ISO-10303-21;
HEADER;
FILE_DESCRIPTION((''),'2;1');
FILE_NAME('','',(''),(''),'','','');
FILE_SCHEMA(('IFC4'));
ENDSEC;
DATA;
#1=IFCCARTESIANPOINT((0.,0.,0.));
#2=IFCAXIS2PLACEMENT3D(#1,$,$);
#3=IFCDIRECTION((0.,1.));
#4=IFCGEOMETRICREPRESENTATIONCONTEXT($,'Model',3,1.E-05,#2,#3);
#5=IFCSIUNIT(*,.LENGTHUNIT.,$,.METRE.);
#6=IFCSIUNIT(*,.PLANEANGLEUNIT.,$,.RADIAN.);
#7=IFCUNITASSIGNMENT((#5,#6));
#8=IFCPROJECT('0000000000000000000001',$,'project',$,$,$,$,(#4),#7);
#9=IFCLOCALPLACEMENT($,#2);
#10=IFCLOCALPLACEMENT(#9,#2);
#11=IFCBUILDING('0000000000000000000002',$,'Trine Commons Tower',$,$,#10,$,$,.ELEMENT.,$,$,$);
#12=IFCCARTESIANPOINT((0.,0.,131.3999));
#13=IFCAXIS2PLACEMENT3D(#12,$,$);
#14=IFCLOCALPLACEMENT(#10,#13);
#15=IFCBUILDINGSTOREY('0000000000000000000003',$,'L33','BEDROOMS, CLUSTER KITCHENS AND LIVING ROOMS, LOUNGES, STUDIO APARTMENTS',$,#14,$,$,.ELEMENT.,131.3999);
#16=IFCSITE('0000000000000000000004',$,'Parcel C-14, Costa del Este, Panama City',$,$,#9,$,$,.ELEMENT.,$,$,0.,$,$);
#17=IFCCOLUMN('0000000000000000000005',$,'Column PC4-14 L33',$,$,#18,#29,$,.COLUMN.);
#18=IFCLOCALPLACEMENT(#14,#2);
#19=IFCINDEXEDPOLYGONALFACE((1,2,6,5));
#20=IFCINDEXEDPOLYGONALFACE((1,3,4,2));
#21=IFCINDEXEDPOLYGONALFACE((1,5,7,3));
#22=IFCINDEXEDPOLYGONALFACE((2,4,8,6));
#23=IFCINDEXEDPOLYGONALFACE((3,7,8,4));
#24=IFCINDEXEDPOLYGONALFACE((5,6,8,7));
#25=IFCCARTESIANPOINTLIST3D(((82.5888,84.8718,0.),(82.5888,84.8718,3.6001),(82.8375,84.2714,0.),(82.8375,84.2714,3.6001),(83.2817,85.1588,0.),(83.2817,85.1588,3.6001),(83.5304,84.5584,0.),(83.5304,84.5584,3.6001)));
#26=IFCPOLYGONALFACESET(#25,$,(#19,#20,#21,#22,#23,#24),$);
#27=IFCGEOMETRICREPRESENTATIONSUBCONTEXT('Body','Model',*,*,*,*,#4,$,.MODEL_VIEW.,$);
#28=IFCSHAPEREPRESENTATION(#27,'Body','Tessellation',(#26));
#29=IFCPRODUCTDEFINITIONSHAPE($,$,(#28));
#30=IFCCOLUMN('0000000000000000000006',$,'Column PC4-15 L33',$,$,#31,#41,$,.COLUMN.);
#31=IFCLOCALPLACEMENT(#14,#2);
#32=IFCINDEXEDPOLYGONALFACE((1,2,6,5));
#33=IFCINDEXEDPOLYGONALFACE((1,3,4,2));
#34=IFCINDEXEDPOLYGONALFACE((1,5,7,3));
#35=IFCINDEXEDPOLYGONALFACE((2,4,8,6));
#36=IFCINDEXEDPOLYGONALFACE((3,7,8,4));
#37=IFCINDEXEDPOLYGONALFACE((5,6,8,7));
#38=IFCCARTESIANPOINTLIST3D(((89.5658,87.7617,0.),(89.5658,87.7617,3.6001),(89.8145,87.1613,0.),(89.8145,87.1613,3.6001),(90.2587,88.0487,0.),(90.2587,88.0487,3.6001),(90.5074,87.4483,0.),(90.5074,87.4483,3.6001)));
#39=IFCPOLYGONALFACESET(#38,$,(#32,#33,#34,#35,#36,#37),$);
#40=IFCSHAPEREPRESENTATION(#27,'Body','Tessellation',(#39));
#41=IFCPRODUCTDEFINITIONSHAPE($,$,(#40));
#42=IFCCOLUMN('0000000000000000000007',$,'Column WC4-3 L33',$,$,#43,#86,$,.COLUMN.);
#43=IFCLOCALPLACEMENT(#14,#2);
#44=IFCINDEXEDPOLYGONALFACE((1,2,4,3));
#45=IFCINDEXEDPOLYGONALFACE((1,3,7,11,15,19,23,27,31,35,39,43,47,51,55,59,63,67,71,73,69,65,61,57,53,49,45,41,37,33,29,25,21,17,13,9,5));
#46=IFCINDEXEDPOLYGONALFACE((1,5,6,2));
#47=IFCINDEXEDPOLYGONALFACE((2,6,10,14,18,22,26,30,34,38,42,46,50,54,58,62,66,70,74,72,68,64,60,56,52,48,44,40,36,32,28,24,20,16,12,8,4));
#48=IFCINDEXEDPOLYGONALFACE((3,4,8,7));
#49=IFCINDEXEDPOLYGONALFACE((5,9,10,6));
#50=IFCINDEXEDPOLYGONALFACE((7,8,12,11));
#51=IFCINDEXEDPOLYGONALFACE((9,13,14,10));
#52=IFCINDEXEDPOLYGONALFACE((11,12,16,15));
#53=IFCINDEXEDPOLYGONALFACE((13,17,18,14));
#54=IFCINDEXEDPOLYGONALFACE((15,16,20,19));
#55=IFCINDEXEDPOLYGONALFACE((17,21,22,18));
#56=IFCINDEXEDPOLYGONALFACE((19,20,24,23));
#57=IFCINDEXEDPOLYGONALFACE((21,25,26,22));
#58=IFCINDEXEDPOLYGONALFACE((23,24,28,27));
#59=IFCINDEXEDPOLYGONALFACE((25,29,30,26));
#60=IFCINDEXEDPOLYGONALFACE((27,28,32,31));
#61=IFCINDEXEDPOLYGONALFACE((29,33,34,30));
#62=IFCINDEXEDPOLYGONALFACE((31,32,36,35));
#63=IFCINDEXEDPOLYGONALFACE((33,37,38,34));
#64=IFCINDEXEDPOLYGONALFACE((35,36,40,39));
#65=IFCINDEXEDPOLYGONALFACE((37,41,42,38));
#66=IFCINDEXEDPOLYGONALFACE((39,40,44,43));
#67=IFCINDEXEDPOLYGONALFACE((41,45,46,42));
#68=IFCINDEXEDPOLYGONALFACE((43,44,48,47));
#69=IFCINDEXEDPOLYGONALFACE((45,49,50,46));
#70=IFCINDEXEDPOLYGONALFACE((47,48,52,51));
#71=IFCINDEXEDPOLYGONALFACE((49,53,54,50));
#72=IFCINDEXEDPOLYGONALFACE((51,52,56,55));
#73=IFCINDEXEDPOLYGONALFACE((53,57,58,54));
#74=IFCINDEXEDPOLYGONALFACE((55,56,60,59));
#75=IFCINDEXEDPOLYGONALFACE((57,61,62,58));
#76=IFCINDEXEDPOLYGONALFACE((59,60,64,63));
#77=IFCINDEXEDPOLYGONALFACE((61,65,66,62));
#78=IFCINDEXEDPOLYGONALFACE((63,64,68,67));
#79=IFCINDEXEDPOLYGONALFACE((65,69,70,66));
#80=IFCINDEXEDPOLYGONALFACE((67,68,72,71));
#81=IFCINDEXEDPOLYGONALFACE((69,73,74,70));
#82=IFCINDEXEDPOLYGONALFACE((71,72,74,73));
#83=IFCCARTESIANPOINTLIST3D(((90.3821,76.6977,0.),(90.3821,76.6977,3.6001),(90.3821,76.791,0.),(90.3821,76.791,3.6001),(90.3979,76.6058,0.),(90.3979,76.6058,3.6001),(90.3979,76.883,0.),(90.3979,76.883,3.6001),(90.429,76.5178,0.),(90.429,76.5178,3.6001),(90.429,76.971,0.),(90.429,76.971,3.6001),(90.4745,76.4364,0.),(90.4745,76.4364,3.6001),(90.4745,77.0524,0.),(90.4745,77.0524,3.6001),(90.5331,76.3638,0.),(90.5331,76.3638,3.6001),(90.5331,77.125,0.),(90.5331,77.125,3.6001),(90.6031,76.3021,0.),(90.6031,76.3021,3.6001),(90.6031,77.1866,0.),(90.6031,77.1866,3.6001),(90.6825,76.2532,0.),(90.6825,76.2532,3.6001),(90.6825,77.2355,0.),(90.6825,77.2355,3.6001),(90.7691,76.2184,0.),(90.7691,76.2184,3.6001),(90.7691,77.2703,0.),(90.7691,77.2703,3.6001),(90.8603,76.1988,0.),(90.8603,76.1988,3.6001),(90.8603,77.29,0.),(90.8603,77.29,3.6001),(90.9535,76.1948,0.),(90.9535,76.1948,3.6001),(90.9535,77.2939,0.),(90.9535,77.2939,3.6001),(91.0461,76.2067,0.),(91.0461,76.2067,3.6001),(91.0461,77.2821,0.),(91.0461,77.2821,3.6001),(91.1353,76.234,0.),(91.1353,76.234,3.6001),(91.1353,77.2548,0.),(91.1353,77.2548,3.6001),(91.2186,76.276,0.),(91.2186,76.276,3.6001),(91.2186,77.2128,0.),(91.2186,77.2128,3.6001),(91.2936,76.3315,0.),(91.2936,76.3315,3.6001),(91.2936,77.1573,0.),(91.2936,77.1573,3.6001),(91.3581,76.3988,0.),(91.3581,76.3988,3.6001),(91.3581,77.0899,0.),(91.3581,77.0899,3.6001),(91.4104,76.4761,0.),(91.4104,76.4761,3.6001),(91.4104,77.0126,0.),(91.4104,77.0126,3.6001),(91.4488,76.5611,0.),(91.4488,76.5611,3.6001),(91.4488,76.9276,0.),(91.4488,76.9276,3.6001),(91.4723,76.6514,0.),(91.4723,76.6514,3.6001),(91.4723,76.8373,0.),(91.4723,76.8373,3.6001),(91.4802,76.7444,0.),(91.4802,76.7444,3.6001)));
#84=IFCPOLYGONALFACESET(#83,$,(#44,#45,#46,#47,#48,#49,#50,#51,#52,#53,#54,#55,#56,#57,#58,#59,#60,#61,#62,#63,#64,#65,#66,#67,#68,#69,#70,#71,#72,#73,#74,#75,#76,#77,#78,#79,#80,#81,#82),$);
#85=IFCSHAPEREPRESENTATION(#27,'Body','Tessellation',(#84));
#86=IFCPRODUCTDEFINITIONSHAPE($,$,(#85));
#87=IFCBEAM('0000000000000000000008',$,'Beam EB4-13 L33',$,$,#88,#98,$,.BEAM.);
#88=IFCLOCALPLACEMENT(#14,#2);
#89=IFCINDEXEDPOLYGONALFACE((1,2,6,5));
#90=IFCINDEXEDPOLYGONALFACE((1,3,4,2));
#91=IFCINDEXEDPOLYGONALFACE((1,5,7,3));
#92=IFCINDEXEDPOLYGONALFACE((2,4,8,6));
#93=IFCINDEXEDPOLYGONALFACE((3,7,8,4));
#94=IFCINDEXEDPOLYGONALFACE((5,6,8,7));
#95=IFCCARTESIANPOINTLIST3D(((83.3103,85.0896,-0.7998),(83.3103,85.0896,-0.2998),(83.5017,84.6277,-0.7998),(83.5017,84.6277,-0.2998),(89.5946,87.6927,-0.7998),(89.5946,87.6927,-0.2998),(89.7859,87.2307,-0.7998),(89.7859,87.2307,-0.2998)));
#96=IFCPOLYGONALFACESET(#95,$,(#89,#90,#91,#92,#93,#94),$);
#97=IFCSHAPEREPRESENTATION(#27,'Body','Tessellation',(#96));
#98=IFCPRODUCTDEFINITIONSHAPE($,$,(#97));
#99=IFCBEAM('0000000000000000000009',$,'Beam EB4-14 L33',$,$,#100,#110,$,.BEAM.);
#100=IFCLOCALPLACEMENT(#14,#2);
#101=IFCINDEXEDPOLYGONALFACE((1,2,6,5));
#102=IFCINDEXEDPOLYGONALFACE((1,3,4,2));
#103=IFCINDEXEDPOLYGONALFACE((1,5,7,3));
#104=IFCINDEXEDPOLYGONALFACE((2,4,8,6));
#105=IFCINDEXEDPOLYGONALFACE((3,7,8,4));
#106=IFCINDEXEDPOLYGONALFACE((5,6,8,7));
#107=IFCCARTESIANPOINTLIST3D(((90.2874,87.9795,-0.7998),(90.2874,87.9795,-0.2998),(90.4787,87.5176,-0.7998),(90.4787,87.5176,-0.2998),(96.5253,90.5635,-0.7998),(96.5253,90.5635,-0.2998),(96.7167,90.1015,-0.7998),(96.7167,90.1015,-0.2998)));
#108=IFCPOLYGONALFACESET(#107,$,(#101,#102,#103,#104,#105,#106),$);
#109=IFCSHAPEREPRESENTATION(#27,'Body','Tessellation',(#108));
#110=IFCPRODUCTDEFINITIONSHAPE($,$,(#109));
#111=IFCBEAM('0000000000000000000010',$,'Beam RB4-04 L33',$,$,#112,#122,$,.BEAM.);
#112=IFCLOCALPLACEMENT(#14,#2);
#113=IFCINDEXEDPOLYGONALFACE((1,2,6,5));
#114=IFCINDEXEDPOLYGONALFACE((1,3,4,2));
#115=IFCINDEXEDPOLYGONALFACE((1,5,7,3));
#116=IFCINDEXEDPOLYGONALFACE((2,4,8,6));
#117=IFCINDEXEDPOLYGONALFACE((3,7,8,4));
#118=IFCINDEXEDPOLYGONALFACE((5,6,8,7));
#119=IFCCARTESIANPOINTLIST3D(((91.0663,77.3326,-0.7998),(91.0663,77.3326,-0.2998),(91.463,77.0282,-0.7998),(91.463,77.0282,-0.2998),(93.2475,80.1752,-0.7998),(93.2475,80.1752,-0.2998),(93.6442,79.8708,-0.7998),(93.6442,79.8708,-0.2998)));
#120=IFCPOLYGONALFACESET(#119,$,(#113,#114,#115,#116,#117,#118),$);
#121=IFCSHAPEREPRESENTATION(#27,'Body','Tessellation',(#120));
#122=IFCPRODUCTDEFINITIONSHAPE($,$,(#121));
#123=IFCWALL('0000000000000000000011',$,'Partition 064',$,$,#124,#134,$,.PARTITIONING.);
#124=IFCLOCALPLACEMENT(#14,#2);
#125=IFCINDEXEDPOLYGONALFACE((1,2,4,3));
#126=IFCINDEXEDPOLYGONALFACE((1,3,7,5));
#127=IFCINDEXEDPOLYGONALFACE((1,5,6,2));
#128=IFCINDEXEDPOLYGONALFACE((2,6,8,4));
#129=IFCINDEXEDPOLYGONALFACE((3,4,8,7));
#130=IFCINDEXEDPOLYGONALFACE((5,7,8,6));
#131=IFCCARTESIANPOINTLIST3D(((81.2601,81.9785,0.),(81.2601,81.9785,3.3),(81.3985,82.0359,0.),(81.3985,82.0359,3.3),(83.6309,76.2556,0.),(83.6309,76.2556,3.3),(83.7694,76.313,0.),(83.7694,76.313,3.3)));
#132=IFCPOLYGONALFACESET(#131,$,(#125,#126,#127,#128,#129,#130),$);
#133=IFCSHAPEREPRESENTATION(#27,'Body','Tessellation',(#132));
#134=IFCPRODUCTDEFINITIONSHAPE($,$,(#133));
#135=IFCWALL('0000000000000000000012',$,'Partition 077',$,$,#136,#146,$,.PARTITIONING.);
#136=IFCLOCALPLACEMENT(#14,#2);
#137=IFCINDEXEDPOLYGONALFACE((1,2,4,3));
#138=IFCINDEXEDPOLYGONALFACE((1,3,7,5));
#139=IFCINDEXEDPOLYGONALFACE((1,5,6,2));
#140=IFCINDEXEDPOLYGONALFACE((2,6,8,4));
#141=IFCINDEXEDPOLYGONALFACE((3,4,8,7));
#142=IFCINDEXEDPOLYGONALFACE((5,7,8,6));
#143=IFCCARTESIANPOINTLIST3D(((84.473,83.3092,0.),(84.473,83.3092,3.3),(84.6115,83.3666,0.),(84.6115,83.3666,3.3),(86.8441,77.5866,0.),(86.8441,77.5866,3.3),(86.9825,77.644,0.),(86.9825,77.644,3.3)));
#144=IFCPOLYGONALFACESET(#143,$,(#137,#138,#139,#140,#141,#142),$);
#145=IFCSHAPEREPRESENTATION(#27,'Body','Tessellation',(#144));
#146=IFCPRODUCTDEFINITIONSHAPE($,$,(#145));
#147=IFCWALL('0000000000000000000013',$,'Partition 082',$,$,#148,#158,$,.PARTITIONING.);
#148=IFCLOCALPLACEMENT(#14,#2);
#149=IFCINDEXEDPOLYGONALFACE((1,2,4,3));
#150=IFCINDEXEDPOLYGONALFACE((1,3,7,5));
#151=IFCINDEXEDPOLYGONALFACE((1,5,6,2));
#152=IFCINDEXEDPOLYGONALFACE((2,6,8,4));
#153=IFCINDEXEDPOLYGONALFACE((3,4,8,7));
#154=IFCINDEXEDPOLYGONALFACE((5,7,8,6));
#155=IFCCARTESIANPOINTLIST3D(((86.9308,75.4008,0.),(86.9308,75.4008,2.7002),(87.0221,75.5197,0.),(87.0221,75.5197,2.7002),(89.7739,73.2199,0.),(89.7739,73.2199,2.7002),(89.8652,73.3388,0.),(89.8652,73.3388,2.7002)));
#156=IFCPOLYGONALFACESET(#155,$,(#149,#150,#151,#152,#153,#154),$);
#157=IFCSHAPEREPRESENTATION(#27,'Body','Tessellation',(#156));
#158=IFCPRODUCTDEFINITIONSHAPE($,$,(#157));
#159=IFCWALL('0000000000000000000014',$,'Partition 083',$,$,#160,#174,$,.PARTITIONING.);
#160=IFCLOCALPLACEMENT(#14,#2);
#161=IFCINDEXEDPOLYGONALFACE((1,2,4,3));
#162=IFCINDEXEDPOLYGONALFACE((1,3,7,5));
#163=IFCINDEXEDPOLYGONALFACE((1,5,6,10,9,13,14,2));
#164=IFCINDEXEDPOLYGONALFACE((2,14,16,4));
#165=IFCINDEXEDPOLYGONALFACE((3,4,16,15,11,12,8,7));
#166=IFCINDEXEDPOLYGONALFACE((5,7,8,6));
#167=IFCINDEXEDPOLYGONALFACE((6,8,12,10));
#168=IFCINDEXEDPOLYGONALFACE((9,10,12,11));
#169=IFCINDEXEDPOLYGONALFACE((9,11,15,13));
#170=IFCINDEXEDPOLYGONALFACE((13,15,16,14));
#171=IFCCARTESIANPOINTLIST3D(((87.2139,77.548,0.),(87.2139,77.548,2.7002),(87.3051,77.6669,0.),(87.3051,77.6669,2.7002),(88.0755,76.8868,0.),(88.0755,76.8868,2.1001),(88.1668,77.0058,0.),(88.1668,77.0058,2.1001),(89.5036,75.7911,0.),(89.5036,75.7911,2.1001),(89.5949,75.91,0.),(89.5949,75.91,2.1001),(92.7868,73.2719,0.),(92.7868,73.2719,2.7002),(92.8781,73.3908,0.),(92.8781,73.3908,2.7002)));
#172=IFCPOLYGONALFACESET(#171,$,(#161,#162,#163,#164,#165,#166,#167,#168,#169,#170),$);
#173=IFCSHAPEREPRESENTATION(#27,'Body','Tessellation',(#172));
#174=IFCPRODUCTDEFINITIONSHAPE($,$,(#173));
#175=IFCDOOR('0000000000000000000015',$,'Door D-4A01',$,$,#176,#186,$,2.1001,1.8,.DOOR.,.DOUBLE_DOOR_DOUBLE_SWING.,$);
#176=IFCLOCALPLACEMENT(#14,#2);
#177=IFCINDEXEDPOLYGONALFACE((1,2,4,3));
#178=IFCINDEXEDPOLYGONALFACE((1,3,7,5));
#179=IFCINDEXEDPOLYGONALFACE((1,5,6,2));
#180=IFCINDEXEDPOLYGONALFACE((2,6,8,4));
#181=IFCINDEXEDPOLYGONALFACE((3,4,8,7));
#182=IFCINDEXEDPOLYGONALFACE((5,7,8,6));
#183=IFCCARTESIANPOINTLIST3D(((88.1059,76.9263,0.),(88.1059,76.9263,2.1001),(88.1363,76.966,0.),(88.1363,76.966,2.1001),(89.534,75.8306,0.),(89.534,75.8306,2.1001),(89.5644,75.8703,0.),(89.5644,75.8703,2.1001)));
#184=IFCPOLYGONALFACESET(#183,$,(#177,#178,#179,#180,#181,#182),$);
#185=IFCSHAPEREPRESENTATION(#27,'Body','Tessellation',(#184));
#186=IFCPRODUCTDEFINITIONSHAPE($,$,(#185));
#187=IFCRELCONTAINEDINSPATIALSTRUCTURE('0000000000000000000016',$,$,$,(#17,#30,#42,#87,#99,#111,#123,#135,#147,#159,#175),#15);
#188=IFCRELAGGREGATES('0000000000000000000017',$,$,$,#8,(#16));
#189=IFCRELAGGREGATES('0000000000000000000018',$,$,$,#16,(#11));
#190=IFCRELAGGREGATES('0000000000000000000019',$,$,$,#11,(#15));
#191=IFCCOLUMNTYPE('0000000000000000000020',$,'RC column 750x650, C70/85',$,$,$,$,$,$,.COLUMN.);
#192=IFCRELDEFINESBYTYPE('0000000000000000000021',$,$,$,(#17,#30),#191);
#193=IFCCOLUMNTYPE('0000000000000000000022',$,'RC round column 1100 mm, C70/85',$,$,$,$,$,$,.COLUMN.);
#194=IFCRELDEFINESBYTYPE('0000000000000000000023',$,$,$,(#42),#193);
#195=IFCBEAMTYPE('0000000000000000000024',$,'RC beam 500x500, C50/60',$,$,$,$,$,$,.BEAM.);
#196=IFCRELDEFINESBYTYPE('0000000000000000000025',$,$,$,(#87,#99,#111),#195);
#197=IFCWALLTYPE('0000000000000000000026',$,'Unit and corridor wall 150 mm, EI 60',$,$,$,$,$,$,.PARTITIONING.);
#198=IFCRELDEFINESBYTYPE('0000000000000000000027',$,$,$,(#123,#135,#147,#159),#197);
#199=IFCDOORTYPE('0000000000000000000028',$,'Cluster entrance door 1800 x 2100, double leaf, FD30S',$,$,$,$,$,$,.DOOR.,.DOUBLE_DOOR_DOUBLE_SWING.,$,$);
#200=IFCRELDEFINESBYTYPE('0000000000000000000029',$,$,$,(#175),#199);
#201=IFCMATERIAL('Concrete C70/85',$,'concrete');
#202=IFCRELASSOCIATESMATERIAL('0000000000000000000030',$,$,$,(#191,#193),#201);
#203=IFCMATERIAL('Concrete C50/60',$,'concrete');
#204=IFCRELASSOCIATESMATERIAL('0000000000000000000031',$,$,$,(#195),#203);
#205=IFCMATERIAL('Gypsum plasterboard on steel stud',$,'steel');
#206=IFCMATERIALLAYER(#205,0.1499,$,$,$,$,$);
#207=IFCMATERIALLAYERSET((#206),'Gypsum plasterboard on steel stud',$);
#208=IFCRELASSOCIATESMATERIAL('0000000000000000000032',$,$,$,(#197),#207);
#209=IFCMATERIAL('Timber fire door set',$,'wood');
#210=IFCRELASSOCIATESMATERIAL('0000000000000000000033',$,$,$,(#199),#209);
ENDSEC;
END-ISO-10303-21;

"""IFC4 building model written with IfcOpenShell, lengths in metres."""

from ifc_helpers import new_model, si_unit, direction, frame, frame_2d, origin, origin_2d, place, context, subcontext, project, spatial, rectangle, circle, extrude, material, layer, layer_set, material_profile, profile_set, type_object, element, fill, save


model = new_model("IFC4")

# Units and contexts
model_context = context("Model", 3, precision=1e-05, world=origin(), true_north=direction((0.0, 1.0)))
body_context = subcontext(model_context, "Body", "Model", "MODEL_VIEW")
ifc_project = project(units=[si_unit("LENGTHUNIT", "METRE"), si_unit("PLANEANGLEUNIT", "RADIAN")], contexts=[model_context])

# Site, building, storey
site_placement = place(None, origin())
site = spatial("IfcSite", under=ifc_project, at=site_placement, Name="Parcel C-14, Costa del Este, Panama City", CompositionType="ELEMENT", RefElevation=0.0)
building_placement = place(site_placement, origin())
building = spatial("IfcBuilding", under=site, at=building_placement, Name="Trine Commons Tower", CompositionType="ELEMENT")
storey_placement = place(building_placement, frame((0.0, 0.0, 131.3999)))
storey = spatial("IfcBuildingStorey", under=building, at=storey_placement, Name="L33", Description="BEDROOMS, CLUSTER KITCHENS AND LIVING ROOMS, LOUNGES, STUDIO APARTMENTS", CompositionType="ELEMENT", Elevation=131.3999)

# Columns
ifc_material_1 = material(Name="Concrete C70/85", Category="concrete")
ifc_material_profile_1 = material_profile(ifc_material_1, rectangle(XDim=0.75, YDim=0.6499, at=origin_2d()), Name="RC 750x650")
ifc_profile_set_1 = profile_set([ifc_material_profile_1], Name="Concrete C70/85")
column_type_1 = type_object("IfcColumnType", Name="RC column 750x650, C70/85", PredefinedType="COLUMN", material=ifc_profile_set_1)
for number, where, z_axis, x_axis, name in (
    (1, (83.0596, 84.7151, 0.0), (0.0, 0.0, 1.0), (0.92388, 0.382683, 0.0), "Column PC4-14 L33"),
    (2, (90.0366, 87.605, 0.0), (0.0, 0.0, 1.0), (0.92388, 0.382683, 0.0), "Column PC4-15 L33"),
):
    element("IfcColumn", number, at=place(storey_placement, frame(where, z_axis=z_axis, x_axis=x_axis)), inside=storey, type_object=column_type_1, Name=name, PredefinedType="COLUMN", context=body_context, shape_type="SweptSolid", body=[
        extrude(rectangle(XDim=0.75, YDim=0.6499, at=origin_2d()), origin(), (0.0, 0.0, 1.0), 3.6001),
    ])
ifc_material_profile_2 = material_profile(ifc_material_1, circle(Radius=0.55, at=origin_2d()), Name="RC round 1100")
ifc_profile_set_2 = profile_set([ifc_material_profile_2], Name="Concrete C70/85")
column_type_2 = type_object("IfcColumnType", Name="RC round column 1100 mm, C70/85", PredefinedType="COLUMN", material=ifc_profile_set_2)
column_placement = place(storey_placement, frame((90.9302, 76.7444, 0.0), z_axis=(0.0, 0.0, 1.0), x_axis=(1.0, 0.0, 0.0)))
element("IfcColumn", 3, at=column_placement, inside=storey, type_object=column_type_2, Name="Column WC4-3 L33", PredefinedType="COLUMN", context=body_context, shape_type="SweptSolid", body=[
    extrude(circle(Radius=0.55, at=origin_2d()), origin(), (0.0, 0.0, 1.0), 3.6001),
])

# Beams
ifc_material_2 = material(Name="Concrete C50/60", Category="concrete")
ifc_material_profile_3 = material_profile(ifc_material_2, rectangle(XDim=0.5, YDim=0.5, at=origin_2d()), Name="RC 500x500")
ifc_profile_set_3 = profile_set([ifc_material_profile_3], Name="Concrete C50/60")
beam_type = type_object("IfcBeamType", Name="RC beam 500x500, C50/60", PredefinedType="BEAM", material=ifc_profile_set_3)
beam_1_placement = place(storey_placement, frame((83.406, 84.8586, -0.5498), z_axis=(0.923878, 0.382688, 0.0), x_axis=(-0.382688, 0.923878, 0.0)))
element("IfcBeam", 4, at=beam_1_placement, inside=storey, type_object=beam_type, Name="Beam EB4-13 L33", PredefinedType="BEAM", context=body_context, shape_type="SweptSolid", body=[
    extrude(rectangle(XDim=0.5, YDim=0.5, at=origin_2d()), origin(), (0.0, 0.0, 1.0), 6.802),
])
beam_2_placement = place(storey_placement, frame((90.3831, 87.7485, -0.5498), z_axis=(0.923874, 0.382697, 0.0), x_axis=(-0.382697, 0.923874, 0.0)))
element("IfcBeam", 5, at=beam_2_placement, inside=storey, type_object=beam_type, Name="Beam EB4-14 L33", PredefinedType="BEAM", context=body_context, shape_type="SweptSolid", body=[
    extrude(rectangle(XDim=0.5, YDim=0.5, at=origin_2d()), origin(), (0.0, 0.0, 1.0), 6.752),
])
beam_3_placement = place(storey_placement, frame((91.2646, 77.1804, -0.5498), z_axis=(0.608762, 0.793353, 0.0), x_axis=(-0.793353, 0.608762, 0.0)))
element("IfcBeam", 6, at=beam_3_placement, inside=storey, type_object=beam_type, Name="Beam RB4-04 L33", PredefinedType="BEAM", context=body_context, shape_type="SweptSolid", body=[
    extrude(rectangle(XDim=0.5, YDim=0.5, at=origin_2d()), origin(), (0.0, 0.0, 1.0), 3.583),
])

# Walls
ifc_material_3 = material(Name="Gypsum plasterboard on steel stud", Category="steel")
ifc_layer_1 = layer(ifc_material_3, 0.1499)
ifc_layer_set_1 = layer_set([ifc_layer_1], Name="Gypsum plasterboard on steel stud")
wall_type_1 = type_object("IfcWallType", Name="Unit and corridor wall 150 mm, EI 60", PredefinedType="PARTITIONING", material=ifc_layer_set_1)
wall_1_placement = place(storey_placement, frame((81.3293, 82.0071, 0.0), z_axis=(0.0, 0.0, 1.0), x_axis=(0.382731, -0.92386, 0.0)))
element("IfcWall", 7, at=wall_1_placement, inside=storey, type_object=wall_type_1, Name="Partition 064", PredefinedType="PARTITIONING", context=body_context, shape_type="SweptSolid", body=[
    extrude(rectangle(XDim=6.1946, YDim=0.1499, at=frame_2d((3.0972, 0.0))), origin(), (0.0, 0.0, 1.0), 3.3),
])
wall_2_placement = place(storey_placement, frame((84.5422, 83.3379, 0.0), z_axis=(0.0, 0.0, 1.0), x_axis=(0.382779, -0.92384, 0.0)))
element("IfcWall", 8, at=wall_2_placement, inside=storey, type_object=wall_type_1, Name="Partition 077", PredefinedType="PARTITIONING", context=body_context, shape_type="SweptSolid", body=[
    extrude(rectangle(XDim=6.1943, YDim=0.1499, at=frame_2d((3.0972, 0.0))), origin(), (0.0, 0.0, 1.0), 3.3),
])
wall_3_placement = place(storey_placement, frame((86.9766, 75.4602, 0.0), z_axis=(0.0, 0.0, 1.0), x_axis=(0.793436, -0.608653, 0.0)))
element("IfcWall", 9, at=wall_3_placement, inside=storey, type_object=wall_type_1, Name="Partition 082", PredefinedType="PARTITIONING", context=body_context, shape_type="SweptSolid", body=[
    extrude(rectangle(XDim=3.5833, YDim=0.1499, at=frame_2d((1.7915, 0.0))), origin(), (0.0, 0.0, 1.0), 2.7002),
])

# Wall, opening, door
wall_4_placement = place(storey_placement, frame((87.2595, 77.6074, 0.0), z_axis=(0.0, 0.0, 1.0), x_axis=(0.793366, -0.608745, 0.0)))
wall_4 = element("IfcWall", 10, at=wall_4_placement, inside=storey, type_object=wall_type_1, Name="Partition 083", PredefinedType="PARTITIONING", context=body_context, shape_type="SweptSolid", body=[
    extrude(rectangle(XDim=7.0244, YDim=0.1499, at=frame_2d((3.5122, 0.0))), origin(), (0.0, 0.0, 1.0), 2.7002),
])
opening_1_placement = place(wall_4_placement, frame((1.0862, 0.0, 0.0)))
opening_1 = element("IfcOpeningElement", 11, at=opening_1_placement, cuts=wall_4, PredefinedType="OPENING", context=body_context, shape_type="SweptSolid", body=[
    extrude(rectangle(XDim=1.8, YDim=2.1001, at=frame_2d((0.8999, 1.05))), frame((0.0, 0.085, 0.0), z_axis=(0.0, -1.0, 0.0), x_axis=(1.0, 0.0, 0.0)), (0.0, 0.0, 1.0), 0.1699),
])
ifc_material_4 = material(Name="Timber fire door set", Category="wood")
door_type_1 = type_object("IfcDoorType", Name="Cluster entrance door 1800 x 2100, double leaf, FD30S", OperationType="DOUBLE_DOOR_DOUBLE_SWING", PredefinedType="DOOR", material=ifc_material_4)
door_1_placement = place(opening_1_placement, origin())
door_1 = element("IfcDoor", 12, at=door_1_placement, inside=storey, type_object=door_type_1, Name="Door D-4A01", OperationType="DOUBLE_DOOR_DOUBLE_SWING", OverallHeight=2.1001, OverallWidth=1.8, PredefinedType="DOOR", context=body_context, shape_type="SweptSolid", body=[
    extrude(rectangle(XDim=1.8, YDim=2.1001, at=frame_2d((0.8999, 1.05))), frame((0.0, 0.0249, 0.0), z_axis=(0.0, -1.0, 0.0), x_axis=(1.0, 0.0, 0.0)), (0.0, 0.0, 1.0), 0.05),
])
fill(opening_1, door_1)

save(model, "model.ifc")
